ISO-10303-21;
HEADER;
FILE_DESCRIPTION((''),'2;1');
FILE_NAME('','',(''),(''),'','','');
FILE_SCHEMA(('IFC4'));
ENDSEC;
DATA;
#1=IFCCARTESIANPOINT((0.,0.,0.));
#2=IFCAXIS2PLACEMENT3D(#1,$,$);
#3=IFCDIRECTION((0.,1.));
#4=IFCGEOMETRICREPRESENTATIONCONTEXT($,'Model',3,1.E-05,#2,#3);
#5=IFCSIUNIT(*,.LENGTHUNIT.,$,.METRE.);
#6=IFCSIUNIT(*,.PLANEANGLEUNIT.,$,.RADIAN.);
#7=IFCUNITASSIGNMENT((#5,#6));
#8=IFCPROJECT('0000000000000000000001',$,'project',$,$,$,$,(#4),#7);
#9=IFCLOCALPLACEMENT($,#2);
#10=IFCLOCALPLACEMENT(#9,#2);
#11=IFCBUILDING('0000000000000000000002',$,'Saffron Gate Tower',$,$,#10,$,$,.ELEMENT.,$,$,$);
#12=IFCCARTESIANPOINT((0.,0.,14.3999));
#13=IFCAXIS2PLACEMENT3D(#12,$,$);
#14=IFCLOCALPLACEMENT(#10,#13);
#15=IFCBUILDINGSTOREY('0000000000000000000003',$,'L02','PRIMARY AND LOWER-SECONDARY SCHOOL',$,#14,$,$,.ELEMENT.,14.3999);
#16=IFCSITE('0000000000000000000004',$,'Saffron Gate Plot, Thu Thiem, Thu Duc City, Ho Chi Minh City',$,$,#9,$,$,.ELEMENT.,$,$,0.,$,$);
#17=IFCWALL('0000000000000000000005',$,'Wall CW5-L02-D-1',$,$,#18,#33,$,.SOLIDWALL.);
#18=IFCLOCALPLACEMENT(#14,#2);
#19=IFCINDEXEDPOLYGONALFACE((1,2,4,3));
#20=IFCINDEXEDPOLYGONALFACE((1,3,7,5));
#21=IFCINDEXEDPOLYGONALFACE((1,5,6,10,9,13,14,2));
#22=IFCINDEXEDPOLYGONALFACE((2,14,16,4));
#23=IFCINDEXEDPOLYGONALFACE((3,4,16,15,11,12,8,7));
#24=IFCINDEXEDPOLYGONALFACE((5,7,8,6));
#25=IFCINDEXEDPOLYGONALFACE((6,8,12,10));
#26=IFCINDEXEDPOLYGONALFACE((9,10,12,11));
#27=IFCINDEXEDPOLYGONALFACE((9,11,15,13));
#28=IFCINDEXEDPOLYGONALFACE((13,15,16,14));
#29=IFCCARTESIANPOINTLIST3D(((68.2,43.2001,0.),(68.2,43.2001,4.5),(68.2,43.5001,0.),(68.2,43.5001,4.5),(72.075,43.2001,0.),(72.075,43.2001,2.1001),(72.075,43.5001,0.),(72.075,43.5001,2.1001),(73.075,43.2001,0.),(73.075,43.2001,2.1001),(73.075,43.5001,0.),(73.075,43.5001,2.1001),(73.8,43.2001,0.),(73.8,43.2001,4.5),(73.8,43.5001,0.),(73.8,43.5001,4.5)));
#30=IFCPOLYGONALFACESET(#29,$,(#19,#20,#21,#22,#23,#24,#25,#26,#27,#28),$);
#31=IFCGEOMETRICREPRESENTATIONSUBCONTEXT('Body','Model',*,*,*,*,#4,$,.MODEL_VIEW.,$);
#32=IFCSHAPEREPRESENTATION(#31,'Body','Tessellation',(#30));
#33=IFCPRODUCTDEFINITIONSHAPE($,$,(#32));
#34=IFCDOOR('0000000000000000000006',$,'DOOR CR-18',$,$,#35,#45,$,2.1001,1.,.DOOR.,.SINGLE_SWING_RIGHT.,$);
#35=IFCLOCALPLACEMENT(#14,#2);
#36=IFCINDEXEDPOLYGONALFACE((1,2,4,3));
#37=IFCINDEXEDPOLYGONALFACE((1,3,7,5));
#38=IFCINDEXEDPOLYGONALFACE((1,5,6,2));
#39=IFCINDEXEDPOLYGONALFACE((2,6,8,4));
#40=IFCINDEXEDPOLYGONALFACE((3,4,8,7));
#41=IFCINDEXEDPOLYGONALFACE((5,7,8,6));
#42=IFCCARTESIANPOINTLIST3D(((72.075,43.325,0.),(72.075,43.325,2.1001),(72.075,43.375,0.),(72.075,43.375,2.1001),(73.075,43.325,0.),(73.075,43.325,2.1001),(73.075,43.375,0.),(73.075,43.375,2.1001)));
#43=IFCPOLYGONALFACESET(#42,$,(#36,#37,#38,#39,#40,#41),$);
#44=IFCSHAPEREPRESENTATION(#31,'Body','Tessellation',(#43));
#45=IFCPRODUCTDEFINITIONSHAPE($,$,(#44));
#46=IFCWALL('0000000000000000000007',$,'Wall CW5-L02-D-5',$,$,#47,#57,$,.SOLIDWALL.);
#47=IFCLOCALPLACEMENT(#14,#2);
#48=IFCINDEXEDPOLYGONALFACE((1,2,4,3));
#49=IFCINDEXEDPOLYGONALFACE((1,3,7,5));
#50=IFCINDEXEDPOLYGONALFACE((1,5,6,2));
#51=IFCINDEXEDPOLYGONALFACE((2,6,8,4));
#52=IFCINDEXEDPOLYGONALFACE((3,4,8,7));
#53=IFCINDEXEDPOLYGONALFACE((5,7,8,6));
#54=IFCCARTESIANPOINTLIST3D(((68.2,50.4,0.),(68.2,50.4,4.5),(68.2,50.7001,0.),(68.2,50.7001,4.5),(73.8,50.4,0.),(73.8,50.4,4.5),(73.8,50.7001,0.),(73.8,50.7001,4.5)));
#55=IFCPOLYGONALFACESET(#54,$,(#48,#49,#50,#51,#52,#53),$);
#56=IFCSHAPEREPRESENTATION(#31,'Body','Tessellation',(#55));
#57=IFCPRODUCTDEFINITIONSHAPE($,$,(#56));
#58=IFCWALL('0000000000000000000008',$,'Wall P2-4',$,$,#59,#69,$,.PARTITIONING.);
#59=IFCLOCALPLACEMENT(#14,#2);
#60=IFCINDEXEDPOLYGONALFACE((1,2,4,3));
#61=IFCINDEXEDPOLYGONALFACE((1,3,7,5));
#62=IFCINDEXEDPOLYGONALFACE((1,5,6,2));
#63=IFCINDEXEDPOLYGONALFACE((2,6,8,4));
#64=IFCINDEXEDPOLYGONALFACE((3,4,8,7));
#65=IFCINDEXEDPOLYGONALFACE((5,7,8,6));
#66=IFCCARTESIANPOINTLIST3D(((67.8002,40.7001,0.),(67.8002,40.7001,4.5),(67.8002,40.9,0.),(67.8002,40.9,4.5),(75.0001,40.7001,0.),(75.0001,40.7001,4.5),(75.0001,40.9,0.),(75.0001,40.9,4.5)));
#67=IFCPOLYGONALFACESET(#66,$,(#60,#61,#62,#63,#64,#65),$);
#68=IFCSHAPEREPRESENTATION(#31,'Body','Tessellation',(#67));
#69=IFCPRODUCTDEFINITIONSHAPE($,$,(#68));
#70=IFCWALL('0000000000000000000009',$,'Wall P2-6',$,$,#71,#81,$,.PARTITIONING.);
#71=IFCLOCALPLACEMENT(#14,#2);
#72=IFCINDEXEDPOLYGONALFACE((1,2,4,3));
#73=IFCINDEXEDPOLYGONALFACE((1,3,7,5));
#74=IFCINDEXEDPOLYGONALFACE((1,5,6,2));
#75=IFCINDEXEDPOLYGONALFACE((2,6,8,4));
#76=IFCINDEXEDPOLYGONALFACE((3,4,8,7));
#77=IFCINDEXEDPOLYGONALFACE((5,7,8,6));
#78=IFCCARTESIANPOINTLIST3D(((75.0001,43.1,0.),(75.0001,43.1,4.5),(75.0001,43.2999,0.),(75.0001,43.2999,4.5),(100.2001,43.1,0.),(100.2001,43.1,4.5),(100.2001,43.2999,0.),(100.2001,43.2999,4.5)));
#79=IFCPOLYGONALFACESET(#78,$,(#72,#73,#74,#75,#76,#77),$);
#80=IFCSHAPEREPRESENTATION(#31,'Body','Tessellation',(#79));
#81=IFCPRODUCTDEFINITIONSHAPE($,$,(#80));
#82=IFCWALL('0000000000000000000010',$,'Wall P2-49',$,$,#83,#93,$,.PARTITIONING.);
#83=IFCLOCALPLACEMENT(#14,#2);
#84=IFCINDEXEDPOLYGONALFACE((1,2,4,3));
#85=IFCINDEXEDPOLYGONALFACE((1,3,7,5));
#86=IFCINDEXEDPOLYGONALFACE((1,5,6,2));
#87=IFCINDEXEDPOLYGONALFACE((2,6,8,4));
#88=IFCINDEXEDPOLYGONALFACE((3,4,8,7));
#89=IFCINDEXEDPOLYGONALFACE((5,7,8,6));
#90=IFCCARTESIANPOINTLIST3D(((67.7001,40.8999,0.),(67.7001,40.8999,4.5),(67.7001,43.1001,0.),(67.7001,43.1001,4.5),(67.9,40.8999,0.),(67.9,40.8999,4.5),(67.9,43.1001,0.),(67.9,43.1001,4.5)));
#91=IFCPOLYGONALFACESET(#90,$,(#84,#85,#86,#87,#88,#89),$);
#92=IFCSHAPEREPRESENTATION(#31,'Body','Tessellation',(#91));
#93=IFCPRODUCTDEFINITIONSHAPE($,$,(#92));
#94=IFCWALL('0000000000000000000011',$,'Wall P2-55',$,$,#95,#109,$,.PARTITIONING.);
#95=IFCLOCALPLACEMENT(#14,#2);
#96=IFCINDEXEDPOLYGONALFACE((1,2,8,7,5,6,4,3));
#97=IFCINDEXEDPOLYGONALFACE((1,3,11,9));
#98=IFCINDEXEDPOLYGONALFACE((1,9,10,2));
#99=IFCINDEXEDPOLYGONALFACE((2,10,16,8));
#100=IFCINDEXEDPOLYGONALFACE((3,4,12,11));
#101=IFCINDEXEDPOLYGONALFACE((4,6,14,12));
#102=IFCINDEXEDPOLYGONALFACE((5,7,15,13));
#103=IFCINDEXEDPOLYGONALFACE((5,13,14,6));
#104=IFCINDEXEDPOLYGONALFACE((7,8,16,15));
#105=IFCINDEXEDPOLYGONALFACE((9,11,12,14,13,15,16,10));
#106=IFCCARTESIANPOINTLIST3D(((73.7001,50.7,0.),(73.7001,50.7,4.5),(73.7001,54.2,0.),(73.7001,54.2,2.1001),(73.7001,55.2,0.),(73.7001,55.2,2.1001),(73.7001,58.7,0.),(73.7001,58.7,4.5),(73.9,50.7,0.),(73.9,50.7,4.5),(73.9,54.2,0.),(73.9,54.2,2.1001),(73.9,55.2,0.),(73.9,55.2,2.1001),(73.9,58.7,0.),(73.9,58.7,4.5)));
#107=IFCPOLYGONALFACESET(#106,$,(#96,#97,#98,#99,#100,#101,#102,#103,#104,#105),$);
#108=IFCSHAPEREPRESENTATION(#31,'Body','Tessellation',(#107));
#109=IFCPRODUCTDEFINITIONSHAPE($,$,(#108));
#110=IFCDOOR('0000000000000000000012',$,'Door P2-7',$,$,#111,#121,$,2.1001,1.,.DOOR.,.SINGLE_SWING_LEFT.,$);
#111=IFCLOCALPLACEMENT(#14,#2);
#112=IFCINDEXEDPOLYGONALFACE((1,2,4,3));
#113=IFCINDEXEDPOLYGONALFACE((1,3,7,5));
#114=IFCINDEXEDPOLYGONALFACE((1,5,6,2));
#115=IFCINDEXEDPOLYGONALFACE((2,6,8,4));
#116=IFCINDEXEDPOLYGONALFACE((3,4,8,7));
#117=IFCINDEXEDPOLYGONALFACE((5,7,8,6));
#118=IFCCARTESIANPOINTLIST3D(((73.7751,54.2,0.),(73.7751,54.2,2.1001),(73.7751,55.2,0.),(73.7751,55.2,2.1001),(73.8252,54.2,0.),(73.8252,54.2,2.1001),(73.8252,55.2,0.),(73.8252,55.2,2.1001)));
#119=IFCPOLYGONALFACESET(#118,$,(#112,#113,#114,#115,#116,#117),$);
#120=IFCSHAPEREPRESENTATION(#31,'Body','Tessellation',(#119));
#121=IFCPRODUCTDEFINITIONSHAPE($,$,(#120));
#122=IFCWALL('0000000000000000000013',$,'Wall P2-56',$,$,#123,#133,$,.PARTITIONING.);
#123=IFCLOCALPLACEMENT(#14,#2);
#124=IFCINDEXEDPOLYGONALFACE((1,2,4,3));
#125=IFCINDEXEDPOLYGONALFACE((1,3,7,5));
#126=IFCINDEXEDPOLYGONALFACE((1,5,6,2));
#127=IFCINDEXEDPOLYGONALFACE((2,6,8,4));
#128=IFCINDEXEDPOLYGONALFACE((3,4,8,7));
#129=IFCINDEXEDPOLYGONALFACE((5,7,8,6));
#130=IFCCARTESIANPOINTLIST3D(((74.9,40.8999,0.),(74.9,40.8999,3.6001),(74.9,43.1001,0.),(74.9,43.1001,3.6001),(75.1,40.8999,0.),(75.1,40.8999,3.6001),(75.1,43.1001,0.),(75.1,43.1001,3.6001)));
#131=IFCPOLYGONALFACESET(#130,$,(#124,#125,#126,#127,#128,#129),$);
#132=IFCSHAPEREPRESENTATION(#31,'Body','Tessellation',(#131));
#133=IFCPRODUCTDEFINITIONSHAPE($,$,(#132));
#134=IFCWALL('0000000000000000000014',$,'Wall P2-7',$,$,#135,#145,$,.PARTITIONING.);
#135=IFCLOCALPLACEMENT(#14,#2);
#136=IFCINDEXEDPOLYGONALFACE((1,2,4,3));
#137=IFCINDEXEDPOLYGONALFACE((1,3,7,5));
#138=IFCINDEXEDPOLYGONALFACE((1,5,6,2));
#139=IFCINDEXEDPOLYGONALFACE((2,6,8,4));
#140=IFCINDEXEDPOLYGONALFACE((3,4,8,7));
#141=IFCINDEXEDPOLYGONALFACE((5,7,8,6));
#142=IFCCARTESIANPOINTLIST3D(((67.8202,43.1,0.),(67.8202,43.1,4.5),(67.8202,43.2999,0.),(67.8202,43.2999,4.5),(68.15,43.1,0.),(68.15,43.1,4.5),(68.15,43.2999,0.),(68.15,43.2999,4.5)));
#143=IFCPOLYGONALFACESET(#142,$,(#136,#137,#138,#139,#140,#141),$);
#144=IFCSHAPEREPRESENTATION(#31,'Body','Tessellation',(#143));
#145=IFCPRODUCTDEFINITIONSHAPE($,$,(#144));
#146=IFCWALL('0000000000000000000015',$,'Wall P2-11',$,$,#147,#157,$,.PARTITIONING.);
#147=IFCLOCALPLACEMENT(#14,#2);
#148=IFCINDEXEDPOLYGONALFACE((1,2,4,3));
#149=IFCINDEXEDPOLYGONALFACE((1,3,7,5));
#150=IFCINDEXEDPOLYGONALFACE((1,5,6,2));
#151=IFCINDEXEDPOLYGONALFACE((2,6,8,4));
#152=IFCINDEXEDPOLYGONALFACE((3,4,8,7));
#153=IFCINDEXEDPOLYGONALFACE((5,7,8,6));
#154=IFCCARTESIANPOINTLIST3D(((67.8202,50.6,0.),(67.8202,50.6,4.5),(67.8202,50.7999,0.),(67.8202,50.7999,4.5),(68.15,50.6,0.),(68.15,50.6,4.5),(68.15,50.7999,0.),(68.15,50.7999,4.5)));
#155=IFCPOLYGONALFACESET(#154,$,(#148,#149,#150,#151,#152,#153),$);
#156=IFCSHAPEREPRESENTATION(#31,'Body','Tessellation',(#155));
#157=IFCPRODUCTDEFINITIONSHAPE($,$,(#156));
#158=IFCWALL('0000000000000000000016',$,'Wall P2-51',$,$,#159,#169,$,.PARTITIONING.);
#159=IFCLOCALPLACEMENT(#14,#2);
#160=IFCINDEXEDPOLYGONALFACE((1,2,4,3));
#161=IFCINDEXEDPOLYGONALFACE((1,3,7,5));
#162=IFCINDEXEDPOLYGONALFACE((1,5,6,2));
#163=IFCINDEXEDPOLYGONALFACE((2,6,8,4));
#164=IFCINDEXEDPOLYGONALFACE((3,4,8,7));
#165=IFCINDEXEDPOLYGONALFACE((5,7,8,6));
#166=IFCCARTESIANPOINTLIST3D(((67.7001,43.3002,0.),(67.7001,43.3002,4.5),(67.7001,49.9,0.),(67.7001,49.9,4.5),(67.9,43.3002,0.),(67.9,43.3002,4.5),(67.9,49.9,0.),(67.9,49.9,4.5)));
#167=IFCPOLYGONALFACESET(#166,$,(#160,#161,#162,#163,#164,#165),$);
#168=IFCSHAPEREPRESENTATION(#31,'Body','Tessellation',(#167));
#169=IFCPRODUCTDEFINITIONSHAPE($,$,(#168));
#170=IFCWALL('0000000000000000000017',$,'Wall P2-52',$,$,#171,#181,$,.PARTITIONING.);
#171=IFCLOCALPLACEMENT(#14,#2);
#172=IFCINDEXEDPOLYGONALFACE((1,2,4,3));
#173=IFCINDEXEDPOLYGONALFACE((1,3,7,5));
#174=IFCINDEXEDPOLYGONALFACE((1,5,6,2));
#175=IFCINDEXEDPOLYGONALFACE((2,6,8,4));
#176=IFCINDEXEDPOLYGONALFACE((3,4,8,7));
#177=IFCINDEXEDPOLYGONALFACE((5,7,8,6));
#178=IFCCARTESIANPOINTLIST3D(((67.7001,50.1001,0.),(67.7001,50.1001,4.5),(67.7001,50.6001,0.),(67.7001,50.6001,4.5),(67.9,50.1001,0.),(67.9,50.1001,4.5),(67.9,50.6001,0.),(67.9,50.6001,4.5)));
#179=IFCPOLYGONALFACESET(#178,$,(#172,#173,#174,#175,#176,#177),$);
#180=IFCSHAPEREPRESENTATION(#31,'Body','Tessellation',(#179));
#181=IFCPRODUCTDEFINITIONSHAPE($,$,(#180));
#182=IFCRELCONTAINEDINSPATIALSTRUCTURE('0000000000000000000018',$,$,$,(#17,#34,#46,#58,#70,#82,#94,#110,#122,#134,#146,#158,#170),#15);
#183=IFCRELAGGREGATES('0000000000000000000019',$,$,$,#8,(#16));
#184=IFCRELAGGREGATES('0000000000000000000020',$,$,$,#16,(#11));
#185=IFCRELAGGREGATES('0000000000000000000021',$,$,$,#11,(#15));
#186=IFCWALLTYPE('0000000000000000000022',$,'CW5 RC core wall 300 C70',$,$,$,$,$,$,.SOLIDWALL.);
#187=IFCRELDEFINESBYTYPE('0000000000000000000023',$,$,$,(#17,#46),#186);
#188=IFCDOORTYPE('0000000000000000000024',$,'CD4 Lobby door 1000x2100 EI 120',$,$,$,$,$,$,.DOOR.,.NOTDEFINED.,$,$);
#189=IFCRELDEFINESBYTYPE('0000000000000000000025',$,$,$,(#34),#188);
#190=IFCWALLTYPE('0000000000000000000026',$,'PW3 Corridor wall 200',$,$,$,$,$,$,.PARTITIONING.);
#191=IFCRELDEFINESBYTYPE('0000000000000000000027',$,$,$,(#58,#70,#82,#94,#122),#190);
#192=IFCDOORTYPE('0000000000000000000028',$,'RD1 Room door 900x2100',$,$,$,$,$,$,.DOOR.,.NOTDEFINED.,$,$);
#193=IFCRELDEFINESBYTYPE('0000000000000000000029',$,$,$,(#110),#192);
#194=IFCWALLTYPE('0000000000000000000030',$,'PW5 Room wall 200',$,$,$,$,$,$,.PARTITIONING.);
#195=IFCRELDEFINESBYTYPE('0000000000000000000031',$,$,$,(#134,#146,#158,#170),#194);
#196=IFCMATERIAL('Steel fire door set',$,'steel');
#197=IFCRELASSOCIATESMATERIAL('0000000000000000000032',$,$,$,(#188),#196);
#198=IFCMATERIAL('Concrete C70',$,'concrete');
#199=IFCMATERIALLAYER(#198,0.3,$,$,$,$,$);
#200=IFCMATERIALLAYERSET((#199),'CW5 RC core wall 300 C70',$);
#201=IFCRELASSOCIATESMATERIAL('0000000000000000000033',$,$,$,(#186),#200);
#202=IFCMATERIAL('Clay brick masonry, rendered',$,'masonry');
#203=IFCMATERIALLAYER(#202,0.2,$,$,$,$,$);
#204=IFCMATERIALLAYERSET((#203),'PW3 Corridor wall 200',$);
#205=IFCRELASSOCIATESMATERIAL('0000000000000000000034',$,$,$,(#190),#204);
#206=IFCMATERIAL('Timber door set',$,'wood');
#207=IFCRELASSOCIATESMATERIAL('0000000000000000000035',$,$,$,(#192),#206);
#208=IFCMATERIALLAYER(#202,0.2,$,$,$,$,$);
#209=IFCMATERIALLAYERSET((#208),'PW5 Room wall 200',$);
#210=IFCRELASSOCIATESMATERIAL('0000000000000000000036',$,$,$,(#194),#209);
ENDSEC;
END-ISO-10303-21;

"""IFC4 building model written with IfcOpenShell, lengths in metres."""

from ifc_helpers import new_model, si_unit, direction, frame, frame_2d, origin, place, context, subcontext, project, spatial, rectangle, extrude, material, layer, layer_set, type_object, element, fill, save


model = new_model("IFC4")

# Units and contexts
model_context = context("Model", 3, precision=1e-05, world=origin(), true_north=direction((0.0, 1.0)))
body_context = subcontext(model_context, "Body", "Model", "MODEL_VIEW")
ifc_project = project(units=[si_unit("LENGTHUNIT", "METRE"), si_unit("PLANEANGLEUNIT", "RADIAN")], contexts=[model_context])

# Site, building, storey
site_placement = place(None, origin())
site = spatial("IfcSite", under=ifc_project, at=site_placement, Name="Saffron Gate Plot, Thu Thiem, Thu Duc City, Ho Chi Minh City", CompositionType="ELEMENT", RefElevation=0.0)
building_placement = place(site_placement, origin())
building = spatial("IfcBuilding", under=site, at=building_placement, Name="Saffron Gate Tower", CompositionType="ELEMENT")
storey_placement = place(building_placement, frame((0.0, 0.0, 14.3999)))
storey = spatial("IfcBuildingStorey", under=building, at=storey_placement, Name="L02", Description="PRIMARY AND LOWER-SECONDARY SCHOOL", CompositionType="ELEMENT", Elevation=14.3999)

# Shared definitions
ifc_material_1 = material(Name="Steel fire door set", Category="steel")
door_type_1 = type_object("IfcDoorType", Name="CD4 Lobby door 1000x2100 EI 120", OperationType="NOTDEFINED", PredefinedType="DOOR", material=ifc_material_1)

# Shared definitions
ifc_material_2 = material(Name="Concrete C70", Category="concrete")

# Wall, opening, door
ifc_layer_1 = layer(ifc_material_2, 0.3)
ifc_layer_set_1 = layer_set([ifc_layer_1], Name="CW5 RC core wall 300 C70")
wall_type_1 = type_object("IfcWallType", Name="CW5 RC core wall 300 C70", PredefinedType="SOLIDWALL", material=ifc_layer_set_1)
wall_1_placement = place(storey_placement, frame((68.2, 43.3501, 0.0), z_axis=(0.0, 0.0, 1.0), x_axis=(1.0, 0.0, 0.0)))
wall_1 = element("IfcWall", 1, at=wall_1_placement, inside=storey, type_object=wall_type_1, Name="Wall CW5-L02-D-1", PredefinedType="SOLIDWALL", context=body_context, shape_type="SweptSolid", body=[
    extrude(rectangle(XDim=5.6001, YDim=0.3, at=frame_2d((2.8, 0.0))), origin(), (0.0, 0.0, 1.0), 4.5),
])
opening_1_placement = place(wall_1_placement, frame((3.875, 0.0, 0.0)))
opening_1 = element("IfcOpeningElement", 2, at=opening_1_placement, cuts=wall_1, PredefinedType="OPENING", context=body_context, shape_type="SweptSolid", body=[
    extrude(rectangle(XDim=1.0, YDim=2.1001, at=frame_2d((0.5, 1.05))), frame((0.0, 0.1602, 0.0), z_axis=(0.0, -1.0, 0.0), x_axis=(1.0, 0.0, 0.0)), (0.0, 0.0, 1.0), 0.3201),
])
door_1_placement = place(opening_1_placement, origin())
door_1 = element("IfcDoor", 3, at=door_1_placement, inside=storey, type_object=door_type_1, Name="DOOR CR-18", OperationType="SINGLE_SWING_RIGHT", OverallHeight=2.1001, OverallWidth=1.0, PredefinedType="DOOR", context=body_context, shape_type="SweptSolid", body=[
    extrude(rectangle(XDim=1.0, YDim=2.1001, at=frame_2d((0.5, 1.05))), frame((0.0, 0.0249, 0.0), z_axis=(0.0, -1.0, 0.0), x_axis=(1.0, 0.0, 0.0)), (0.0, 0.0, 1.0), 0.05),
])
fill(opening_1, door_1)

# Walls
wall_2_placement = place(storey_placement, frame((68.2, 50.55, 0.0), z_axis=(0.0, 0.0, 1.0), x_axis=(1.0, 0.0, 0.0)))
element("IfcWall", 4, at=wall_2_placement, inside=storey, type_object=wall_type_1, Name="Wall CW5-L02-D-5", PredefinedType="SOLIDWALL", context=body_context, shape_type="SweptSolid", body=[
    extrude(rectangle(XDim=5.6001, YDim=0.3, at=frame_2d((2.8, 0.0))), origin(), (0.0, 0.0, 1.0), 4.5),
])
ifc_material_3 = material(Name="Clay brick masonry, rendered", Category="masonry")
ifc_layer_2 = layer(ifc_material_3, 0.2)
ifc_layer_set_2 = layer_set([ifc_layer_2], Name="PW3 Corridor wall 200")
wall_type_2 = type_object("IfcWallType", Name="PW3 Corridor wall 200", PredefinedType="PARTITIONING", material=ifc_layer_set_2)
wall_3_placement = place(storey_placement, frame((67.8, 40.8, 0.0), z_axis=(0.0, 0.0, 1.0), x_axis=(1.0, 0.0, 0.0)))
element("IfcWall", 5, at=wall_3_placement, inside=storey, type_object=wall_type_2, Name="Wall P2-4", PredefinedType="PARTITIONING", context=body_context, shape_type="SweptSolid", body=[
    extrude(rectangle(XDim=7.2, YDim=0.2, at=frame_2d((3.6001, 0.0))), origin(), (0.0, 0.0, 1.0), 4.5),
])
wall_4_placement = place(storey_placement, frame((75.0, 43.2, 0.0), z_axis=(0.0, 0.0, 1.0), x_axis=(1.0, 0.0, 0.0)))
element("IfcWall", 6, at=wall_4_placement, inside=storey, type_object=wall_type_2, Name="Wall P2-6", PredefinedType="PARTITIONING", context=body_context, shape_type="SweptSolid", body=[
    extrude(rectangle(XDim=25.2, YDim=0.2, at=frame_2d((12.6001, 0.0))), origin(), (0.0, 0.0, 1.0), 4.5),
])
wall_5_placement = place(storey_placement, frame((67.8, 43.1001, 0.0), z_axis=(0.0, 0.0, 1.0), x_axis=(0.0, -1.0, 0.0)))
element("IfcWall", 7, at=wall_5_placement, inside=storey, type_object=wall_type_2, Name="Wall P2-49", PredefinedType="PARTITIONING", context=body_context, shape_type="SweptSolid", body=[
    extrude(rectangle(XDim=2.2002, YDim=0.2, at=frame_2d((1.1001, 0.0))), origin(), (0.0, 0.0, 1.0), 4.5),
])

# Wall, opening, door
wall_6_placement = place(storey_placement, frame((73.8, 50.7, 0.0), z_axis=(0.0, 0.0, 1.0), x_axis=(0.0, 1.0, 0.0)))
wall_6 = element("IfcWall", 8, at=wall_6_placement, inside=storey, type_object=wall_type_2, Name="Wall P2-55", PredefinedType="PARTITIONING", context=body_context, shape_type="SweptSolid", body=[
    extrude(rectangle(XDim=8.0, YDim=0.2, at=frame_2d((4.0, 0.0))), origin(), (0.0, 0.0, 1.0), 4.5),
])
opening_2_placement = place(wall_6_placement, frame((3.5, 0.0, 0.0)))
opening_2 = element("IfcOpeningElement", 9, at=opening_2_placement, cuts=wall_6, PredefinedType="OPENING", context=body_context, shape_type="SweptSolid", body=[
    extrude(rectangle(XDim=1.0, YDim=2.1001, at=frame_2d((0.5, 1.05))), frame((0.0, 0.1099, 0.0), z_axis=(0.0, -1.0, 0.0), x_axis=(1.0, 0.0, 0.0)), (0.0, 0.0, 1.0), 0.22),
])
ifc_material_4 = material(Name="Timber door set", Category="wood")
door_type_2 = type_object("IfcDoorType", Name="RD1 Room door 900x2100", OperationType="NOTDEFINED", PredefinedType="DOOR", material=ifc_material_4)
door_2_placement = place(opening_2_placement, origin())
door_2 = element("IfcDoor", 10, at=door_2_placement, inside=storey, type_object=door_type_2, Name="Door P2-7", OperationType="SINGLE_SWING_LEFT", OverallHeight=2.1001, OverallWidth=1.0, PredefinedType="DOOR", context=body_context, shape_type="SweptSolid", body=[
    extrude(rectangle(XDim=1.0, YDim=2.1001, at=frame_2d((0.5, 1.05))), frame((0.0, 0.0249, 0.0), z_axis=(0.0, -1.0, 0.0), x_axis=(1.0, 0.0, 0.0)), (0.0, 0.0, 1.0), 0.05),
])
fill(opening_2, door_2)

# Walls
wall_7_placement = place(storey_placement, frame((75.0, 43.1001, 0.0), z_axis=(0.0, 0.0, 1.0), x_axis=(0.0, -1.0, 0.0)))
element("IfcWall", 11, at=wall_7_placement, inside=storey, type_object=wall_type_2, Name="Wall P2-56", PredefinedType="PARTITIONING", context=body_context, shape_type="SweptSolid", body=[
    extrude(rectangle(XDim=2.2002, YDim=0.2, at=frame_2d((1.1001, 0.0))), origin(), (0.0, 0.0, 1.0), 3.6001),
])
ifc_layer_3 = layer(ifc_material_3, 0.2)
ifc_layer_set_3 = layer_set([ifc_layer_3], Name="PW5 Room wall 200")
wall_type_3 = type_object("IfcWallType", Name="PW5 Room wall 200", PredefinedType="PARTITIONING", material=ifc_layer_set_3)
for number, where, z_axis, x_axis, name in (
    (12, (67.8201, 43.2, 0.0), (0.0, 0.0, 1.0), (1.0, 0.0, 0.0), "Wall P2-7"),
    (13, (67.8201, 50.7, 0.0), (0.0, 0.0, 1.0), (1.0, 0.0, 0.0), "Wall P2-11"),
):
    element("IfcWall", number, at=place(storey_placement, frame(where, z_axis=z_axis, x_axis=x_axis)), inside=storey, type_object=wall_type_3, Name=name, PredefinedType="PARTITIONING", context=body_context, shape_type="SweptSolid", body=[
        extrude(rectangle(XDim=0.3298, YDim=0.2, at=frame_2d((0.165, 0.0))), origin(), (0.0, 0.0, 1.0), 4.5),
    ])
wall_8_placement = place(storey_placement, frame((67.8, 49.8999, 0.0), z_axis=(0.0, 0.0, 1.0), x_axis=(0.0, -1.0, 0.0)))
element("IfcWall", 14, at=wall_8_placement, inside=storey, type_object=wall_type_3, Name="Wall P2-51", PredefinedType="PARTITIONING", context=body_context, shape_type="SweptSolid", body=[
    extrude(rectangle(XDim=6.5999, YDim=0.2, at=frame_2d((3.2998, 0.0))), origin(), (0.0, 0.0, 1.0), 4.5),
])
wall_9_placement = place(storey_placement, frame((67.8, 50.6001, 0.0), z_axis=(0.0, 0.0, 1.0), x_axis=(0.0, -1.0, 0.0)))
element("IfcWall", 15, at=wall_9_placement, inside=storey, type_object=wall_type_3, Name="Wall P2-52", PredefinedType="PARTITIONING", context=body_context, shape_type="SweptSolid", body=[
    extrude(rectangle(XDim=0.5, YDim=0.2, at=frame_2d((0.25, 0.0))), origin(), (0.0, 0.0, 1.0), 4.5),
])

save(model, "model.ifc")
